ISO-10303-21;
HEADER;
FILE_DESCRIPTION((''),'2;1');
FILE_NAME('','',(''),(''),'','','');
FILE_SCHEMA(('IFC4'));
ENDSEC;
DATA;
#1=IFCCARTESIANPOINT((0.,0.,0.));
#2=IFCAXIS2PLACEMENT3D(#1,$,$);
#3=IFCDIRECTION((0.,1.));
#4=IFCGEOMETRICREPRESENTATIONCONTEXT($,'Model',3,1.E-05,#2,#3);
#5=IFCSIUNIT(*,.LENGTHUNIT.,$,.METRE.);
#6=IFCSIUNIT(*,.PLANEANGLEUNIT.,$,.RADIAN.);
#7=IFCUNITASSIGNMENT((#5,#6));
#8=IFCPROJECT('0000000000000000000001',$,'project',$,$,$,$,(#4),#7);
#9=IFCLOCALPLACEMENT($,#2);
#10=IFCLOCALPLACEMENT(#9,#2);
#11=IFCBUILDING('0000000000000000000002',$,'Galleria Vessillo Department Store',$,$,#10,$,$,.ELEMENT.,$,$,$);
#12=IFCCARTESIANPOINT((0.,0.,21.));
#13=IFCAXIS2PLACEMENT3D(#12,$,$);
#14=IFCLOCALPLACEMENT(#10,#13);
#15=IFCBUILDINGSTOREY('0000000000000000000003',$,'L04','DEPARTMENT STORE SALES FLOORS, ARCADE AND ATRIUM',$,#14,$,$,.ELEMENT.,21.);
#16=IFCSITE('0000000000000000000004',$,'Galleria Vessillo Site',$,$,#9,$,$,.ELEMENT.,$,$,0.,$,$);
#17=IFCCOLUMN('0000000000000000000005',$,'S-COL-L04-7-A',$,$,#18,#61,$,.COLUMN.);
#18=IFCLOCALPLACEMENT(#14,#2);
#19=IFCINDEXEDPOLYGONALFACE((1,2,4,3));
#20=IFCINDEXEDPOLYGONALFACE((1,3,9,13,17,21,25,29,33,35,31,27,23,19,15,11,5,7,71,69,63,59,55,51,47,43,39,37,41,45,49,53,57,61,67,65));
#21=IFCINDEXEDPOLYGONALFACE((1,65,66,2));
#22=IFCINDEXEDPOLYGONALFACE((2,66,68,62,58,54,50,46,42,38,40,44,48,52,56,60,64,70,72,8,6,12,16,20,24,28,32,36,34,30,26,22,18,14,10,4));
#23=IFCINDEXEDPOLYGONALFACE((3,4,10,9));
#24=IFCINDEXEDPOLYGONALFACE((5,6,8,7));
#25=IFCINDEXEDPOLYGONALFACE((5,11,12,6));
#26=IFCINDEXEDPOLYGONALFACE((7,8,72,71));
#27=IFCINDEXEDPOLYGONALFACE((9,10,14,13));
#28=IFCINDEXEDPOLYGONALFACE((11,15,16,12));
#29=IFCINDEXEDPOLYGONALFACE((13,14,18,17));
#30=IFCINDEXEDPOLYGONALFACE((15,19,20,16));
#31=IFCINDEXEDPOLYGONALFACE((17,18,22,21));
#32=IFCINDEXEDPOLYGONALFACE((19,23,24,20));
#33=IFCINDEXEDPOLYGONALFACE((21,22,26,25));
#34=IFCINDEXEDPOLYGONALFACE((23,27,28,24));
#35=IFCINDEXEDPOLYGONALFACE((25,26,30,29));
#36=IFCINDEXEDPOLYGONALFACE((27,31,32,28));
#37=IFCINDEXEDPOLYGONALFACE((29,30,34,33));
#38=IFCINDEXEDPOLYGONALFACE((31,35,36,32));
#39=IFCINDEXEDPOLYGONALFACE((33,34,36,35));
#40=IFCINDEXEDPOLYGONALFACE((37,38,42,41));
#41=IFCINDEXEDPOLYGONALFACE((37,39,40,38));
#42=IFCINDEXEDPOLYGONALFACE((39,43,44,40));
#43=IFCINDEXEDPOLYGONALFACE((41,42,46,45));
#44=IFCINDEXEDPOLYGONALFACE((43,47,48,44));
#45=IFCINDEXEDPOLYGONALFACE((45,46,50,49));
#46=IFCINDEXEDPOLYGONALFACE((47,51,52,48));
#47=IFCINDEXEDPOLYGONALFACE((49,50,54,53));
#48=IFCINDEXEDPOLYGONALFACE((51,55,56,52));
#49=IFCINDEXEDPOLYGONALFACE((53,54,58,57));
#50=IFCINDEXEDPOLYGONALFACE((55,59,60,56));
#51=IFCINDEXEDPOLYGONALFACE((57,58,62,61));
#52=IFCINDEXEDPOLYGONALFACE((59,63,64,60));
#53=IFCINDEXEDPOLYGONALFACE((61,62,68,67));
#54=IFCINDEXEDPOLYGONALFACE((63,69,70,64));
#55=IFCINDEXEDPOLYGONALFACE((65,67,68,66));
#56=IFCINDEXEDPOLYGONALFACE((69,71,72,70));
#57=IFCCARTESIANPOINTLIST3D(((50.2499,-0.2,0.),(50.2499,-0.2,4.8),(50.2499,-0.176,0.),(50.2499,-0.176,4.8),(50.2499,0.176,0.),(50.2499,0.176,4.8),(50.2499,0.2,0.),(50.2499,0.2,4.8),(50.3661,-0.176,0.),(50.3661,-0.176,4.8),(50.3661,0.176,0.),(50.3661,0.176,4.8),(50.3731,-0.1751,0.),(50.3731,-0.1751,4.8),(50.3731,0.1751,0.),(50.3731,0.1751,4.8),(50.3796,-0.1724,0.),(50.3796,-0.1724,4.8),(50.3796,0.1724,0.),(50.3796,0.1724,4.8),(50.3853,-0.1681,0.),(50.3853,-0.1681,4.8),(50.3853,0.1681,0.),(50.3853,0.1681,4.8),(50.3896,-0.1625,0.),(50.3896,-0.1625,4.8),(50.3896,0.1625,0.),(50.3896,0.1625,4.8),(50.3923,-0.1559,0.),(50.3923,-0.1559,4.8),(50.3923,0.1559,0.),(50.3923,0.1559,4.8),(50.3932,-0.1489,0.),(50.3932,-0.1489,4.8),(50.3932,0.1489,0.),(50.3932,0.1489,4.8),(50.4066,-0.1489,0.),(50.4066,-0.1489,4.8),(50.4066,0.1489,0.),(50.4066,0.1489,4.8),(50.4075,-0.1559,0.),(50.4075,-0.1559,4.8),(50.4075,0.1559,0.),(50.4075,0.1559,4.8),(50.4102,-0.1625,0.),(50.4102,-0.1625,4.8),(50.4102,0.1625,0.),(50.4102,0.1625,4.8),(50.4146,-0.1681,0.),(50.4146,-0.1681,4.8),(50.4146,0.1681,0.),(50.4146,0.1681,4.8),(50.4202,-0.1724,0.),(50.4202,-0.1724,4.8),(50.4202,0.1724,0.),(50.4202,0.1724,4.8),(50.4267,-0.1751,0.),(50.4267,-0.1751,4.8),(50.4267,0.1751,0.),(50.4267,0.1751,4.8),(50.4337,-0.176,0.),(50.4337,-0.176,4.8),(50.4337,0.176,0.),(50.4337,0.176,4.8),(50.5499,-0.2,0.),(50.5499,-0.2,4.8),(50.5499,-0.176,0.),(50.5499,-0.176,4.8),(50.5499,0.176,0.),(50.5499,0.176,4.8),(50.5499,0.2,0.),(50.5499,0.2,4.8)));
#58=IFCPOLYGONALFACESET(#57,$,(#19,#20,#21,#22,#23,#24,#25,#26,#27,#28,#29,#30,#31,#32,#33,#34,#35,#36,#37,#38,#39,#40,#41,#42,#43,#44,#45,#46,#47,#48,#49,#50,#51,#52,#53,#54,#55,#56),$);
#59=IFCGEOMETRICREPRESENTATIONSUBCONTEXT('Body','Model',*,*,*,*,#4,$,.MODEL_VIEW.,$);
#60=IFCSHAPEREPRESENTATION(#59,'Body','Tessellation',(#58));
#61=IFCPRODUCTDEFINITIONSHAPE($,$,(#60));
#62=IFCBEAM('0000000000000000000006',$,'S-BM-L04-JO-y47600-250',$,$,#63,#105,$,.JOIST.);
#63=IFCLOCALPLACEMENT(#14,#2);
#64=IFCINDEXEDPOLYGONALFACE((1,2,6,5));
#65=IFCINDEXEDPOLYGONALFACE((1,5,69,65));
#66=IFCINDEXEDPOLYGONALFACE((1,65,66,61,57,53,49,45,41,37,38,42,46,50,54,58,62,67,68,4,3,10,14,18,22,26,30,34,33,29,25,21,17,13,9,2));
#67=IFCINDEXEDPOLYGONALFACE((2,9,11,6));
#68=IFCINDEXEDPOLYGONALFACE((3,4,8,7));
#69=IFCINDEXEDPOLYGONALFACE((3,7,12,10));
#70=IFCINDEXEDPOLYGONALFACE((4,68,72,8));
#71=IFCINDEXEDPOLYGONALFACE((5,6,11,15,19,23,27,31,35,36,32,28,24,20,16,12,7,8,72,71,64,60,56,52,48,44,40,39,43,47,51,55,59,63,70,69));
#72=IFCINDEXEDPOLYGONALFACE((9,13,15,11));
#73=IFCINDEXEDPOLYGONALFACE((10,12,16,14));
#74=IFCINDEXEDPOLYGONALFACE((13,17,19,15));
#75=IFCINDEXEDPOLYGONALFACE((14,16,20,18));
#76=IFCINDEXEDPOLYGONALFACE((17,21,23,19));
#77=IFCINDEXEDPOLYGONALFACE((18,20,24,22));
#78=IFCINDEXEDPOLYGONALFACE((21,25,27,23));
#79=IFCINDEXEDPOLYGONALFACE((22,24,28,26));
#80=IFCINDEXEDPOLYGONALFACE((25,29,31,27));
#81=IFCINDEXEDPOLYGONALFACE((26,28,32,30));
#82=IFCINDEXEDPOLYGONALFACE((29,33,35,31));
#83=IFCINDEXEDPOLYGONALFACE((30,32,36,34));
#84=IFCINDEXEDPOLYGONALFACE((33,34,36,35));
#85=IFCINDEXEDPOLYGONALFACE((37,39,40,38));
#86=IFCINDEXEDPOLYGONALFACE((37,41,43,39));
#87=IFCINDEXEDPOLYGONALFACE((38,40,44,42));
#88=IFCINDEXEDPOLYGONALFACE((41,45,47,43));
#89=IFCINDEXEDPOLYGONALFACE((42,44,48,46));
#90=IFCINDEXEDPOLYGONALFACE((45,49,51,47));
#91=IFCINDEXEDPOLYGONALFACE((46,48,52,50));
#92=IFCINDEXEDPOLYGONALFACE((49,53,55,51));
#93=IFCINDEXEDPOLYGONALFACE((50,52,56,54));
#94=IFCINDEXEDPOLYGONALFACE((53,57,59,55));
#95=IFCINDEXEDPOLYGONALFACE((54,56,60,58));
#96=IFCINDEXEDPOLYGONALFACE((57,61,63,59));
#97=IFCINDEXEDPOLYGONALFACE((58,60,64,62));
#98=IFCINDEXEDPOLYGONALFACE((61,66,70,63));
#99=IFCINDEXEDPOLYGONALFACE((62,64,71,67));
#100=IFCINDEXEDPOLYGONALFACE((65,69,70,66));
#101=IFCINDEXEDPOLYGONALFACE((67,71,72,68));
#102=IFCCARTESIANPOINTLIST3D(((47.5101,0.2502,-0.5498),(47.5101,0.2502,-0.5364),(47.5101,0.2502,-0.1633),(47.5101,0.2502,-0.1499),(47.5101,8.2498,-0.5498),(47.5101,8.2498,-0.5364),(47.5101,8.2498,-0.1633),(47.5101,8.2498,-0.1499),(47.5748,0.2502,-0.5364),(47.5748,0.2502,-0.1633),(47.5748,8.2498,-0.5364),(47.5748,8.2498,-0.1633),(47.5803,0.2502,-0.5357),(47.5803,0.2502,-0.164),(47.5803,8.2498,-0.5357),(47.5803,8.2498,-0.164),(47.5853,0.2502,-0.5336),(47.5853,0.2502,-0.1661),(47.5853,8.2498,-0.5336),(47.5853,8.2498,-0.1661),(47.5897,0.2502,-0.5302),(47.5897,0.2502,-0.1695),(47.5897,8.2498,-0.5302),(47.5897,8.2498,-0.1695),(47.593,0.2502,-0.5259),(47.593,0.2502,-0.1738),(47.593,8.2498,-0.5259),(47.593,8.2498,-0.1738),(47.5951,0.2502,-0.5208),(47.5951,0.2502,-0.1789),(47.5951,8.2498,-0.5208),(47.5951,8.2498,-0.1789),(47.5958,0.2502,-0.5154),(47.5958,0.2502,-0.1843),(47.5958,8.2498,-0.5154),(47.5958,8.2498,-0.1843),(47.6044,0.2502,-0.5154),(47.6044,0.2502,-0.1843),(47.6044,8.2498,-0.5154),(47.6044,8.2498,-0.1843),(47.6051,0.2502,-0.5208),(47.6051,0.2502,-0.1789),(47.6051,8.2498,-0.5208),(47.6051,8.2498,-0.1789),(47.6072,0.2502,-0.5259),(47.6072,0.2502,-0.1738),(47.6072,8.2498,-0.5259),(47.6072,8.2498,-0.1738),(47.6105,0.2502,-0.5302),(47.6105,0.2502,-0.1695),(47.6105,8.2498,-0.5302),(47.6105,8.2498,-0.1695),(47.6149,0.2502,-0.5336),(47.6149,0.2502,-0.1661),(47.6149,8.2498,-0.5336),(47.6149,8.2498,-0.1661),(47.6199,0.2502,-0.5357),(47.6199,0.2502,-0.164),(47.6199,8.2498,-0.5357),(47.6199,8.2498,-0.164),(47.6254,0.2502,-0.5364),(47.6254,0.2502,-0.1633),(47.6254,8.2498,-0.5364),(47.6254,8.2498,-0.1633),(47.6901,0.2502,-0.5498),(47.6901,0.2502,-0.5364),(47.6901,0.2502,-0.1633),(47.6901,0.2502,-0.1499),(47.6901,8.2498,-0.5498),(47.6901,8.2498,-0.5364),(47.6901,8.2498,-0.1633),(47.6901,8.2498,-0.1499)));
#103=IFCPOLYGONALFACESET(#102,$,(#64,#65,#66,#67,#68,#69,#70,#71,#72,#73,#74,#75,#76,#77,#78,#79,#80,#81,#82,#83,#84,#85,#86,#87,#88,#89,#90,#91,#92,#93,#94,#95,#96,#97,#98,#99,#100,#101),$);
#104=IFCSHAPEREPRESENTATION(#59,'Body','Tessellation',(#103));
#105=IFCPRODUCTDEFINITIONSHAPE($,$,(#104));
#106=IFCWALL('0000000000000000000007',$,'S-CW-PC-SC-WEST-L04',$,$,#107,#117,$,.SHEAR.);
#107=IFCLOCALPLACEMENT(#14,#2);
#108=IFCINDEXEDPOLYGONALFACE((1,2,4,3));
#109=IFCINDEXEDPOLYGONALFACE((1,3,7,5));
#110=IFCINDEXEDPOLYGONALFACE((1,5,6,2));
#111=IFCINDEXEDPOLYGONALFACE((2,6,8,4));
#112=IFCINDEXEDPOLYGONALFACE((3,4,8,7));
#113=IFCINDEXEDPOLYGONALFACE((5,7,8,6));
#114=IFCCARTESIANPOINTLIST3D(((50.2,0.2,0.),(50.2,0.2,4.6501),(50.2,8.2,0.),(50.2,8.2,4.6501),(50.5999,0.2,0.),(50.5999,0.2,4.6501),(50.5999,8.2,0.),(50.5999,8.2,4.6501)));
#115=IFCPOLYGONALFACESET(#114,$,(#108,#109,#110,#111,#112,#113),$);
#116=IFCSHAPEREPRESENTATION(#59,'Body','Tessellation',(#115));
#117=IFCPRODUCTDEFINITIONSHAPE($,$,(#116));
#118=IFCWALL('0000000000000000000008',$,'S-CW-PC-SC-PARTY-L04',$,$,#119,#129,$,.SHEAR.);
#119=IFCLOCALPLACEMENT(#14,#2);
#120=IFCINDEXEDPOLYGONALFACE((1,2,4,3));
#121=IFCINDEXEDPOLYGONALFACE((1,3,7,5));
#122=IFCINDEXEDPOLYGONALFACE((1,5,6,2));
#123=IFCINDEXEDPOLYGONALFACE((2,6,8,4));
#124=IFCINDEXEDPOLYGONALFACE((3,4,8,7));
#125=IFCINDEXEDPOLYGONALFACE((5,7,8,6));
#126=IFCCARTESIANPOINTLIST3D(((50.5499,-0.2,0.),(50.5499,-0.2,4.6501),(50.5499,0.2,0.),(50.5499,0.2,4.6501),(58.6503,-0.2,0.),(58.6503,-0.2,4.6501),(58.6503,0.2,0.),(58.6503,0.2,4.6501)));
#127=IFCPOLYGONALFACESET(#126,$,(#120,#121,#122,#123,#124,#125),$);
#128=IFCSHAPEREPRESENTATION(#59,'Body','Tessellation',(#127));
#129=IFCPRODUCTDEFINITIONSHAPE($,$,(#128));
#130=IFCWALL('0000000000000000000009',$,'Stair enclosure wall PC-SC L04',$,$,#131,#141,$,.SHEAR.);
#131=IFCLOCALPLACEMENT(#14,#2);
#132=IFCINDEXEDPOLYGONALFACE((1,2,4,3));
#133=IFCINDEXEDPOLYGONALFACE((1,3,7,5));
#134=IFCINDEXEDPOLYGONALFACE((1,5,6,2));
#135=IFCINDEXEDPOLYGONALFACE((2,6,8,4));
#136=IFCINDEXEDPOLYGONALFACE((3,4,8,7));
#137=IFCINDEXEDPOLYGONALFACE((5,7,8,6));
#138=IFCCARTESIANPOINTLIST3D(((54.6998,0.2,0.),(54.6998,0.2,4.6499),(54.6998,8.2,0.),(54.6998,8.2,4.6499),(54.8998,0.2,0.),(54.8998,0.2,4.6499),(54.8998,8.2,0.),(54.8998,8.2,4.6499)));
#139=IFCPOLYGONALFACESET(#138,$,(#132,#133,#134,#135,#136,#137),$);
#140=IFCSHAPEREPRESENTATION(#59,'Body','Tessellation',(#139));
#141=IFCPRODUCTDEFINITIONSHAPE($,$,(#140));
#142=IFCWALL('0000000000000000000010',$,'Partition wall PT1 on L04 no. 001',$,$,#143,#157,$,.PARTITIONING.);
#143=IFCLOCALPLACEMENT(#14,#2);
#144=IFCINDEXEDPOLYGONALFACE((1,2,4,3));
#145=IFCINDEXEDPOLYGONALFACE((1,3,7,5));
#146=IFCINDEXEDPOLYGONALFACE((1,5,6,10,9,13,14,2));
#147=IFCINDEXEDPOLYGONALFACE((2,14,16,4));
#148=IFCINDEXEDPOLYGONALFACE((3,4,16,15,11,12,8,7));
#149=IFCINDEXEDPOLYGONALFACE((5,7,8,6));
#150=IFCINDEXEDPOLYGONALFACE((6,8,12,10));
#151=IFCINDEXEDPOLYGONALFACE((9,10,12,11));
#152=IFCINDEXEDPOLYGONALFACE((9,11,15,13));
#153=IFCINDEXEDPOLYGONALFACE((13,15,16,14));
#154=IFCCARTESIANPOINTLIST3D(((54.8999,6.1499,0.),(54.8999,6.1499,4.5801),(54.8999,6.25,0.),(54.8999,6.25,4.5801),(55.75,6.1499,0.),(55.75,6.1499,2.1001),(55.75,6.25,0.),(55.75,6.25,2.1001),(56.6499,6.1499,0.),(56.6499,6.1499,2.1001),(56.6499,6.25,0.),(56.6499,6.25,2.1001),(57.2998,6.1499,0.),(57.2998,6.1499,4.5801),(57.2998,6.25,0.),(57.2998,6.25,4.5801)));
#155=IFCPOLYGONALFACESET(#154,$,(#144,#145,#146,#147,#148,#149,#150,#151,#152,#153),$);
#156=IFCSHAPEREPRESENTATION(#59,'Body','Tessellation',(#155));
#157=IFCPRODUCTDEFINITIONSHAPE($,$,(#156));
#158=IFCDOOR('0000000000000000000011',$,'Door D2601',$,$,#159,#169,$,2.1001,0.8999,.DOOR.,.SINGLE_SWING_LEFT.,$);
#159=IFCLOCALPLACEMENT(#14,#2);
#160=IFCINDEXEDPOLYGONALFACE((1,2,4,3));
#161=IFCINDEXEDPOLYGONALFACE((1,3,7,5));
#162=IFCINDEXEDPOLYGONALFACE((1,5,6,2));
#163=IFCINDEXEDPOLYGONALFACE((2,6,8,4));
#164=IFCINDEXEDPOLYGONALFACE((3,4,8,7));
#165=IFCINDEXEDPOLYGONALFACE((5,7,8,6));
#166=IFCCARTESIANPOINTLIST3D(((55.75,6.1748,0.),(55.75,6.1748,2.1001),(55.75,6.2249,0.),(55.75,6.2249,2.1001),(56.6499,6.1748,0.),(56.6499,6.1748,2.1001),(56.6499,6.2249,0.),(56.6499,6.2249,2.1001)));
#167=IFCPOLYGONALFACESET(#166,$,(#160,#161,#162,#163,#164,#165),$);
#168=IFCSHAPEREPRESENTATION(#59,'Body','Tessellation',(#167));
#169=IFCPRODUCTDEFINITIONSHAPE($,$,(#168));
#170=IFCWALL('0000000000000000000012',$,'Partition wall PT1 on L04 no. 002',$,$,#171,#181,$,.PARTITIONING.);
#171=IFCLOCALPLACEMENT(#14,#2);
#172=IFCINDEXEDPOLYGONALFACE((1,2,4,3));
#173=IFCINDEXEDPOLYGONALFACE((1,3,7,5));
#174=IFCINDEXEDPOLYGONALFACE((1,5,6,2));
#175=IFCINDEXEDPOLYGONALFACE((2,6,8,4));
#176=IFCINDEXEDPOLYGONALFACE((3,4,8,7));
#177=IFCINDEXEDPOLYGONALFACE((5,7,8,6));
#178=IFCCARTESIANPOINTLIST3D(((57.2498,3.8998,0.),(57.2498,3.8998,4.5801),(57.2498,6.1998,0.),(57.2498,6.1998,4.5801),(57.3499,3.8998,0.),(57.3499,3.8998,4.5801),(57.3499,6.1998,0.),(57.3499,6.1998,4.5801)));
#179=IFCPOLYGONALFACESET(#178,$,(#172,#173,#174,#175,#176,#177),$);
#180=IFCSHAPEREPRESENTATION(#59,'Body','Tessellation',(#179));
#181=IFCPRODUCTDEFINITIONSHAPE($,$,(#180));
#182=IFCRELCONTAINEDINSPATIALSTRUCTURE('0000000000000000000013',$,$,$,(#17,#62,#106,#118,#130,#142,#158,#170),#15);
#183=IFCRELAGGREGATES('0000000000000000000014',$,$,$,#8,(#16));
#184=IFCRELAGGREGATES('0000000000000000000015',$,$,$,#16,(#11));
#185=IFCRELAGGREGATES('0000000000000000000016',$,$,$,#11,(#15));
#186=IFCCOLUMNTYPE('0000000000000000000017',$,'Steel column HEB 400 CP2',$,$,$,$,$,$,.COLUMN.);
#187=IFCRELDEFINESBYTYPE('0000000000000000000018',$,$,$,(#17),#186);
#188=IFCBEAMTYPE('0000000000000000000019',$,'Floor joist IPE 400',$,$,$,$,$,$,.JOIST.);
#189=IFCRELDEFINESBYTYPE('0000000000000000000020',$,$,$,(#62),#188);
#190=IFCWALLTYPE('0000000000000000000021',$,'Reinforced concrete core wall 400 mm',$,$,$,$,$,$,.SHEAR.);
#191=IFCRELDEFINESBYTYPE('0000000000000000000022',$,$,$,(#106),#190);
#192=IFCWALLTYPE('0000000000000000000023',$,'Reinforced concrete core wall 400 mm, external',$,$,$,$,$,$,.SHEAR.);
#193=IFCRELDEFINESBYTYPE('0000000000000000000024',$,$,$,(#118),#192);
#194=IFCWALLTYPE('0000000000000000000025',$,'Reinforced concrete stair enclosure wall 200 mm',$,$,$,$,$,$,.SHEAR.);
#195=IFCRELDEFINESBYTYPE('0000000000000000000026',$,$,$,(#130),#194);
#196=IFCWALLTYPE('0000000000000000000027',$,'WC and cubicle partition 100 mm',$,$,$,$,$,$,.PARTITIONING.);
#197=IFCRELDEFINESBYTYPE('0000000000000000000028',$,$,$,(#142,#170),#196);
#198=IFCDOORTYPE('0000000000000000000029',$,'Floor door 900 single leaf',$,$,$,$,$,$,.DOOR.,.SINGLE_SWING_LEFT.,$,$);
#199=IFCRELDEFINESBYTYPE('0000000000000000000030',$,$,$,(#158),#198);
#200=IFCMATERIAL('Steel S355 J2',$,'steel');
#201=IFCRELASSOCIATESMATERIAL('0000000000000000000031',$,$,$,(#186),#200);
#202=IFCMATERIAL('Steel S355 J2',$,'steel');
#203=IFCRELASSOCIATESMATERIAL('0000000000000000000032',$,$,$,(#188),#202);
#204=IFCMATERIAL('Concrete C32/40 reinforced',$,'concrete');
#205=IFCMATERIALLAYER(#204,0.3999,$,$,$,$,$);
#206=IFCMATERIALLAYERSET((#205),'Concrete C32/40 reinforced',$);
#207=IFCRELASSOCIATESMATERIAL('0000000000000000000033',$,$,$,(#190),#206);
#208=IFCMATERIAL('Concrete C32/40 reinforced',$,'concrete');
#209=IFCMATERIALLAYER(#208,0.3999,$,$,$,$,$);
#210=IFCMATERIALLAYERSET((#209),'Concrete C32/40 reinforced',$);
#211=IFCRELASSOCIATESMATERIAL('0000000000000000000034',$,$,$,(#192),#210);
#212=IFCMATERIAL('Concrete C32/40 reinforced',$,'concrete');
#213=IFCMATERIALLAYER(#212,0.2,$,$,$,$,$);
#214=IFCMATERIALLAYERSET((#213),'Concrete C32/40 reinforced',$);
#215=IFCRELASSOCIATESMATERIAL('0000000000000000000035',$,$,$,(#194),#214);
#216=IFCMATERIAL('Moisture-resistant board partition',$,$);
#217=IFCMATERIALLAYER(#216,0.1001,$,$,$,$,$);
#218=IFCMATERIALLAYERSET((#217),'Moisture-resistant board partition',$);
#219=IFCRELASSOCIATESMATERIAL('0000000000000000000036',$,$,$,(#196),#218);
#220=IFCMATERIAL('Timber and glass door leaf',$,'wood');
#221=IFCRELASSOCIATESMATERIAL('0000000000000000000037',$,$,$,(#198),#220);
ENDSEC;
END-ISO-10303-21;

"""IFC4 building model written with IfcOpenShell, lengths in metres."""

from ifc_helpers import new_model, si_unit, direction, frame, frame_2d, origin, origin_2d, place, context, subcontext, project, spatial, rectangle, i_section, extrude, material, layer, layer_set, material_profile, profile_set, type_object, element, fill, save


model = new_model("IFC4")

# Units and contexts
model_context = context("Model", 3, precision=1e-05, world=origin(), true_north=direction((0.0, 1.0)))
body_context = subcontext(model_context, "Body", "Model", "MODEL_VIEW")
ifc_project = project(units=[si_unit("LENGTHUNIT", "METRE"), si_unit("PLANEANGLEUNIT", "RADIAN")], contexts=[model_context])

# Site, building, storey
site_placement = place(None, origin())
site = spatial("IfcSite", under=ifc_project, at=site_placement, Name="Galleria Vessillo Site", CompositionType="ELEMENT", RefElevation=0.0)
building_placement = place(site_placement, origin())
building = spatial("IfcBuilding", under=site, at=building_placement, Name="Galleria Vessillo Department Store", CompositionType="ELEMENT")
storey_placement = place(building_placement, frame((0.0, 0.0, 21.0)))
storey = spatial("IfcBuildingStorey", under=building, at=storey_placement, Name="L04", Description="DEPARTMENT STORE SALES FLOORS, ARCADE AND ATRIUM", CompositionType="ELEMENT", Elevation=21.0)

# Column
ifc_material_1 = material(Name="Steel S355 J2", Category="steel")
ifc_material_profile_1 = material_profile(ifc_material_1, i_section(OverallWidth=0.3, OverallDepth=0.3999, WebThickness=0.0134, FlangeThickness=0.0239, FilletRadius=0.0271, at=origin_2d()), Name="HEB 400")
ifc_profile_set_1 = profile_set([ifc_material_profile_1], Name="Steel S355 J2")
column_type = type_object("IfcColumnType", Name="Steel column HEB 400 CP2", PredefinedType="COLUMN", material=ifc_profile_set_1)
column_placement = place(storey_placement, frame((50.3999, 0.0, 0.0), z_axis=(0.0, 0.0, 1.0), x_axis=(1.0, 0.0, 0.0)))
element("IfcColumn", 1, at=column_placement, inside=storey, type_object=column_type, Name="S-COL-L04-7-A", PredefinedType="COLUMN", context=body_context, shape_type="SweptSolid", body=[
    extrude(i_section(OverallWidth=0.3, OverallDepth=0.3999, WebThickness=0.0134, FlangeThickness=0.0239, FilletRadius=0.0271, at=origin_2d()), origin(), (0.0, 0.0, 1.0), 4.8),
])

# Beam
ifc_material_2 = material(Name="Steel S355 J2", Category="steel")
ifc_material_profile_2 = material_profile(ifc_material_2, i_section(OverallWidth=0.1799, OverallDepth=0.3999, WebThickness=0.0085, FlangeThickness=0.0134, FilletRadius=0.021, at=origin_2d()), Name="IPE 400")
ifc_profile_set_2 = profile_set([ifc_material_profile_2], Name="Steel S355 J2")
beam_type = type_object("IfcBeamType", Name="Floor joist IPE 400", PredefinedType="JOIST", material=ifc_profile_set_2)
beam_placement = place(storey_placement, frame((47.6001, 0.2502, -0.3499), z_axis=(0.0, 1.0, 0.0), x_axis=(-1.0, 0.0, 0.0)))
element("IfcBeam", 2, at=beam_placement, inside=storey, type_object=beam_type, Name="S-BM-L04-JO-y47600-250", PredefinedType="JOIST", context=body_context, shape_type="SweptSolid", body=[
    extrude(i_section(OverallWidth=0.1799, OverallDepth=0.3999, WebThickness=0.0085, FlangeThickness=0.0134, FilletRadius=0.021, at=origin_2d()), origin(), (0.0, 0.0, 1.0), 7.9995),
])

# Walls
ifc_material_3 = material(Name="Concrete C32/40 reinforced", Category="concrete")
ifc_layer_1 = layer(ifc_material_3, 0.3999)
ifc_layer_set_1 = layer_set([ifc_layer_1], Name="Concrete C32/40 reinforced")
wall_type_1 = type_object("IfcWallType", Name="Reinforced concrete core wall 400 mm", PredefinedType="SHEAR", material=ifc_layer_set_1)
wall_1_placement = place(storey_placement, frame((50.3999, 0.2, 0.0), z_axis=(0.0, 0.0, 1.0), x_axis=(0.0, 1.0, 0.0)))
element("IfcWall", 3, at=wall_1_placement, inside=storey, type_object=wall_type_1, Name="S-CW-PC-SC-WEST-L04", PredefinedType="SHEAR", context=body_context, shape_type="SweptSolid", body=[
    extrude(rectangle(XDim=8.0, YDim=0.3999, at=frame_2d((4.0, 0.0))), origin(), (0.0, 0.0, 1.0), 4.6501),
])
ifc_material_4 = material(Name="Concrete C32/40 reinforced", Category="concrete")
ifc_layer_2 = layer(ifc_material_4, 0.3999)
ifc_layer_set_2 = layer_set([ifc_layer_2], Name="Concrete C32/40 reinforced")
wall_type_2 = type_object("IfcWallType", Name="Reinforced concrete core wall 400 mm, external", PredefinedType="SHEAR", material=ifc_layer_set_2)
wall_2_placement = place(storey_placement, frame((50.5498, 0.0, 0.0), z_axis=(0.0, 0.0, 1.0), x_axis=(1.0, 0.0, 0.0)))
element("IfcWall", 4, at=wall_2_placement, inside=storey, type_object=wall_type_2, Name="S-CW-PC-SC-PARTY-L04", PredefinedType="SHEAR", context=body_context, shape_type="SweptSolid", body=[
    extrude(rectangle(XDim=8.1003, YDim=0.3999, at=frame_2d((4.0503, 0.0))), origin(), (0.0, 0.0, 1.0), 4.6501),
])
ifc_material_5 = material(Name="Concrete C32/40 reinforced", Category="concrete")
ifc_layer_3 = layer(ifc_material_5, 0.2)
ifc_layer_set_3 = layer_set([ifc_layer_3], Name="Concrete C32/40 reinforced")
wall_type_3 = type_object("IfcWallType", Name="Reinforced concrete stair enclosure wall 200 mm", PredefinedType="SHEAR", material=ifc_layer_set_3)
wall_3_placement = place(storey_placement, frame((54.7998, 0.2, 0.0), z_axis=(0.0, 0.0, 1.0), x_axis=(0.0, 1.0, 0.0)))
element("IfcWall", 5, at=wall_3_placement, inside=storey, type_object=wall_type_3, Name="Stair enclosure wall PC-SC L04", PredefinedType="SHEAR", context=body_context, shape_type="SweptSolid", body=[
    extrude(rectangle(XDim=8.0, YDim=0.2, at=frame_2d((4.0, 0.0))), origin(), (0.0, 0.0, 1.0), 4.6499),
])

# Wall, opening, door
ifc_material_6 = material(Name="Moisture-resistant board partition")
ifc_layer_4 = layer(ifc_material_6, 0.1001)
ifc_layer_set_4 = layer_set([ifc_layer_4], Name="Moisture-resistant board partition")
wall_type_4 = type_object("IfcWallType", Name="WC and cubicle partition 100 mm", PredefinedType="PARTITIONING", material=ifc_layer_set_4)
wall_4_placement = place(storey_placement, frame((54.8999, 6.2, 0.0), z_axis=(0.0, 0.0, 1.0), x_axis=(1.0, 0.0, 0.0)))
wall_4 = element("IfcWall", 6, at=wall_4_placement, inside=storey, type_object=wall_type_4, Name="Partition wall PT1 on L04 no. 001", PredefinedType="PARTITIONING", context=body_context, shape_type="SweptSolid", body=[
    extrude(rectangle(XDim=2.3999, YDim=0.1001, at=frame_2d((1.2, 0.0))), origin(), (0.0, 0.0, 1.0), 4.5801),
])
opening_placement = place(wall_4_placement, frame((0.8501, 0.0, 0.0)))
opening = element("IfcOpeningElement", 7, at=opening_placement, cuts=wall_4, PredefinedType="OPENING", context=body_context, shape_type="SweptSolid", body=[
    extrude(rectangle(XDim=0.8999, YDim=2.1001, at=frame_2d((0.45, 1.05))), frame((0.0, 0.0601, 0.0), z_axis=(0.0, -1.0, 0.0), x_axis=(1.0, 0.0, 0.0)), (0.0, 0.0, 1.0), 0.1201),
])
ifc_material_7 = material(Name="Timber and glass door leaf", Category="wood")
door_type = type_object("IfcDoorType", Name="Floor door 900 single leaf", OperationType="SINGLE_SWING_LEFT", PredefinedType="DOOR", material=ifc_material_7)
door_placement = place(opening_placement, origin())
door = element("IfcDoor", 8, at=door_placement, inside=storey, type_object=door_type, Name="Door D2601", OperationType="SINGLE_SWING_LEFT", OverallHeight=2.1001, OverallWidth=0.8999, PredefinedType="DOOR", context=body_context, shape_type="SweptSolid", body=[
    extrude(rectangle(XDim=0.8999, YDim=2.1001, at=frame_2d((0.45, 1.05))), frame((0.0, 0.0249, 0.0), z_axis=(0.0, -1.0, 0.0), x_axis=(1.0, 0.0, 0.0)), (0.0, 0.0, 1.0), 0.05),
])
fill(opening, door)

# Wall
wall_5_placement = place(storey_placement, frame((57.2998, 3.8999, 0.0), z_axis=(0.0, 0.0, 1.0), x_axis=(0.0, 1.0, 0.0)))
element("IfcWall", 9, at=wall_5_placement, inside=storey, type_object=wall_type_4, Name="Partition wall PT1 on L04 no. 002", PredefinedType="PARTITIONING", context=body_context, shape_type="SweptSolid", body=[
    extrude(rectangle(XDim=2.3, YDim=0.1001, at=frame_2d((1.1499, 0.0))), origin(), (0.0, 0.0, 1.0), 4.5801),
])

save(model, "model.ifc")
